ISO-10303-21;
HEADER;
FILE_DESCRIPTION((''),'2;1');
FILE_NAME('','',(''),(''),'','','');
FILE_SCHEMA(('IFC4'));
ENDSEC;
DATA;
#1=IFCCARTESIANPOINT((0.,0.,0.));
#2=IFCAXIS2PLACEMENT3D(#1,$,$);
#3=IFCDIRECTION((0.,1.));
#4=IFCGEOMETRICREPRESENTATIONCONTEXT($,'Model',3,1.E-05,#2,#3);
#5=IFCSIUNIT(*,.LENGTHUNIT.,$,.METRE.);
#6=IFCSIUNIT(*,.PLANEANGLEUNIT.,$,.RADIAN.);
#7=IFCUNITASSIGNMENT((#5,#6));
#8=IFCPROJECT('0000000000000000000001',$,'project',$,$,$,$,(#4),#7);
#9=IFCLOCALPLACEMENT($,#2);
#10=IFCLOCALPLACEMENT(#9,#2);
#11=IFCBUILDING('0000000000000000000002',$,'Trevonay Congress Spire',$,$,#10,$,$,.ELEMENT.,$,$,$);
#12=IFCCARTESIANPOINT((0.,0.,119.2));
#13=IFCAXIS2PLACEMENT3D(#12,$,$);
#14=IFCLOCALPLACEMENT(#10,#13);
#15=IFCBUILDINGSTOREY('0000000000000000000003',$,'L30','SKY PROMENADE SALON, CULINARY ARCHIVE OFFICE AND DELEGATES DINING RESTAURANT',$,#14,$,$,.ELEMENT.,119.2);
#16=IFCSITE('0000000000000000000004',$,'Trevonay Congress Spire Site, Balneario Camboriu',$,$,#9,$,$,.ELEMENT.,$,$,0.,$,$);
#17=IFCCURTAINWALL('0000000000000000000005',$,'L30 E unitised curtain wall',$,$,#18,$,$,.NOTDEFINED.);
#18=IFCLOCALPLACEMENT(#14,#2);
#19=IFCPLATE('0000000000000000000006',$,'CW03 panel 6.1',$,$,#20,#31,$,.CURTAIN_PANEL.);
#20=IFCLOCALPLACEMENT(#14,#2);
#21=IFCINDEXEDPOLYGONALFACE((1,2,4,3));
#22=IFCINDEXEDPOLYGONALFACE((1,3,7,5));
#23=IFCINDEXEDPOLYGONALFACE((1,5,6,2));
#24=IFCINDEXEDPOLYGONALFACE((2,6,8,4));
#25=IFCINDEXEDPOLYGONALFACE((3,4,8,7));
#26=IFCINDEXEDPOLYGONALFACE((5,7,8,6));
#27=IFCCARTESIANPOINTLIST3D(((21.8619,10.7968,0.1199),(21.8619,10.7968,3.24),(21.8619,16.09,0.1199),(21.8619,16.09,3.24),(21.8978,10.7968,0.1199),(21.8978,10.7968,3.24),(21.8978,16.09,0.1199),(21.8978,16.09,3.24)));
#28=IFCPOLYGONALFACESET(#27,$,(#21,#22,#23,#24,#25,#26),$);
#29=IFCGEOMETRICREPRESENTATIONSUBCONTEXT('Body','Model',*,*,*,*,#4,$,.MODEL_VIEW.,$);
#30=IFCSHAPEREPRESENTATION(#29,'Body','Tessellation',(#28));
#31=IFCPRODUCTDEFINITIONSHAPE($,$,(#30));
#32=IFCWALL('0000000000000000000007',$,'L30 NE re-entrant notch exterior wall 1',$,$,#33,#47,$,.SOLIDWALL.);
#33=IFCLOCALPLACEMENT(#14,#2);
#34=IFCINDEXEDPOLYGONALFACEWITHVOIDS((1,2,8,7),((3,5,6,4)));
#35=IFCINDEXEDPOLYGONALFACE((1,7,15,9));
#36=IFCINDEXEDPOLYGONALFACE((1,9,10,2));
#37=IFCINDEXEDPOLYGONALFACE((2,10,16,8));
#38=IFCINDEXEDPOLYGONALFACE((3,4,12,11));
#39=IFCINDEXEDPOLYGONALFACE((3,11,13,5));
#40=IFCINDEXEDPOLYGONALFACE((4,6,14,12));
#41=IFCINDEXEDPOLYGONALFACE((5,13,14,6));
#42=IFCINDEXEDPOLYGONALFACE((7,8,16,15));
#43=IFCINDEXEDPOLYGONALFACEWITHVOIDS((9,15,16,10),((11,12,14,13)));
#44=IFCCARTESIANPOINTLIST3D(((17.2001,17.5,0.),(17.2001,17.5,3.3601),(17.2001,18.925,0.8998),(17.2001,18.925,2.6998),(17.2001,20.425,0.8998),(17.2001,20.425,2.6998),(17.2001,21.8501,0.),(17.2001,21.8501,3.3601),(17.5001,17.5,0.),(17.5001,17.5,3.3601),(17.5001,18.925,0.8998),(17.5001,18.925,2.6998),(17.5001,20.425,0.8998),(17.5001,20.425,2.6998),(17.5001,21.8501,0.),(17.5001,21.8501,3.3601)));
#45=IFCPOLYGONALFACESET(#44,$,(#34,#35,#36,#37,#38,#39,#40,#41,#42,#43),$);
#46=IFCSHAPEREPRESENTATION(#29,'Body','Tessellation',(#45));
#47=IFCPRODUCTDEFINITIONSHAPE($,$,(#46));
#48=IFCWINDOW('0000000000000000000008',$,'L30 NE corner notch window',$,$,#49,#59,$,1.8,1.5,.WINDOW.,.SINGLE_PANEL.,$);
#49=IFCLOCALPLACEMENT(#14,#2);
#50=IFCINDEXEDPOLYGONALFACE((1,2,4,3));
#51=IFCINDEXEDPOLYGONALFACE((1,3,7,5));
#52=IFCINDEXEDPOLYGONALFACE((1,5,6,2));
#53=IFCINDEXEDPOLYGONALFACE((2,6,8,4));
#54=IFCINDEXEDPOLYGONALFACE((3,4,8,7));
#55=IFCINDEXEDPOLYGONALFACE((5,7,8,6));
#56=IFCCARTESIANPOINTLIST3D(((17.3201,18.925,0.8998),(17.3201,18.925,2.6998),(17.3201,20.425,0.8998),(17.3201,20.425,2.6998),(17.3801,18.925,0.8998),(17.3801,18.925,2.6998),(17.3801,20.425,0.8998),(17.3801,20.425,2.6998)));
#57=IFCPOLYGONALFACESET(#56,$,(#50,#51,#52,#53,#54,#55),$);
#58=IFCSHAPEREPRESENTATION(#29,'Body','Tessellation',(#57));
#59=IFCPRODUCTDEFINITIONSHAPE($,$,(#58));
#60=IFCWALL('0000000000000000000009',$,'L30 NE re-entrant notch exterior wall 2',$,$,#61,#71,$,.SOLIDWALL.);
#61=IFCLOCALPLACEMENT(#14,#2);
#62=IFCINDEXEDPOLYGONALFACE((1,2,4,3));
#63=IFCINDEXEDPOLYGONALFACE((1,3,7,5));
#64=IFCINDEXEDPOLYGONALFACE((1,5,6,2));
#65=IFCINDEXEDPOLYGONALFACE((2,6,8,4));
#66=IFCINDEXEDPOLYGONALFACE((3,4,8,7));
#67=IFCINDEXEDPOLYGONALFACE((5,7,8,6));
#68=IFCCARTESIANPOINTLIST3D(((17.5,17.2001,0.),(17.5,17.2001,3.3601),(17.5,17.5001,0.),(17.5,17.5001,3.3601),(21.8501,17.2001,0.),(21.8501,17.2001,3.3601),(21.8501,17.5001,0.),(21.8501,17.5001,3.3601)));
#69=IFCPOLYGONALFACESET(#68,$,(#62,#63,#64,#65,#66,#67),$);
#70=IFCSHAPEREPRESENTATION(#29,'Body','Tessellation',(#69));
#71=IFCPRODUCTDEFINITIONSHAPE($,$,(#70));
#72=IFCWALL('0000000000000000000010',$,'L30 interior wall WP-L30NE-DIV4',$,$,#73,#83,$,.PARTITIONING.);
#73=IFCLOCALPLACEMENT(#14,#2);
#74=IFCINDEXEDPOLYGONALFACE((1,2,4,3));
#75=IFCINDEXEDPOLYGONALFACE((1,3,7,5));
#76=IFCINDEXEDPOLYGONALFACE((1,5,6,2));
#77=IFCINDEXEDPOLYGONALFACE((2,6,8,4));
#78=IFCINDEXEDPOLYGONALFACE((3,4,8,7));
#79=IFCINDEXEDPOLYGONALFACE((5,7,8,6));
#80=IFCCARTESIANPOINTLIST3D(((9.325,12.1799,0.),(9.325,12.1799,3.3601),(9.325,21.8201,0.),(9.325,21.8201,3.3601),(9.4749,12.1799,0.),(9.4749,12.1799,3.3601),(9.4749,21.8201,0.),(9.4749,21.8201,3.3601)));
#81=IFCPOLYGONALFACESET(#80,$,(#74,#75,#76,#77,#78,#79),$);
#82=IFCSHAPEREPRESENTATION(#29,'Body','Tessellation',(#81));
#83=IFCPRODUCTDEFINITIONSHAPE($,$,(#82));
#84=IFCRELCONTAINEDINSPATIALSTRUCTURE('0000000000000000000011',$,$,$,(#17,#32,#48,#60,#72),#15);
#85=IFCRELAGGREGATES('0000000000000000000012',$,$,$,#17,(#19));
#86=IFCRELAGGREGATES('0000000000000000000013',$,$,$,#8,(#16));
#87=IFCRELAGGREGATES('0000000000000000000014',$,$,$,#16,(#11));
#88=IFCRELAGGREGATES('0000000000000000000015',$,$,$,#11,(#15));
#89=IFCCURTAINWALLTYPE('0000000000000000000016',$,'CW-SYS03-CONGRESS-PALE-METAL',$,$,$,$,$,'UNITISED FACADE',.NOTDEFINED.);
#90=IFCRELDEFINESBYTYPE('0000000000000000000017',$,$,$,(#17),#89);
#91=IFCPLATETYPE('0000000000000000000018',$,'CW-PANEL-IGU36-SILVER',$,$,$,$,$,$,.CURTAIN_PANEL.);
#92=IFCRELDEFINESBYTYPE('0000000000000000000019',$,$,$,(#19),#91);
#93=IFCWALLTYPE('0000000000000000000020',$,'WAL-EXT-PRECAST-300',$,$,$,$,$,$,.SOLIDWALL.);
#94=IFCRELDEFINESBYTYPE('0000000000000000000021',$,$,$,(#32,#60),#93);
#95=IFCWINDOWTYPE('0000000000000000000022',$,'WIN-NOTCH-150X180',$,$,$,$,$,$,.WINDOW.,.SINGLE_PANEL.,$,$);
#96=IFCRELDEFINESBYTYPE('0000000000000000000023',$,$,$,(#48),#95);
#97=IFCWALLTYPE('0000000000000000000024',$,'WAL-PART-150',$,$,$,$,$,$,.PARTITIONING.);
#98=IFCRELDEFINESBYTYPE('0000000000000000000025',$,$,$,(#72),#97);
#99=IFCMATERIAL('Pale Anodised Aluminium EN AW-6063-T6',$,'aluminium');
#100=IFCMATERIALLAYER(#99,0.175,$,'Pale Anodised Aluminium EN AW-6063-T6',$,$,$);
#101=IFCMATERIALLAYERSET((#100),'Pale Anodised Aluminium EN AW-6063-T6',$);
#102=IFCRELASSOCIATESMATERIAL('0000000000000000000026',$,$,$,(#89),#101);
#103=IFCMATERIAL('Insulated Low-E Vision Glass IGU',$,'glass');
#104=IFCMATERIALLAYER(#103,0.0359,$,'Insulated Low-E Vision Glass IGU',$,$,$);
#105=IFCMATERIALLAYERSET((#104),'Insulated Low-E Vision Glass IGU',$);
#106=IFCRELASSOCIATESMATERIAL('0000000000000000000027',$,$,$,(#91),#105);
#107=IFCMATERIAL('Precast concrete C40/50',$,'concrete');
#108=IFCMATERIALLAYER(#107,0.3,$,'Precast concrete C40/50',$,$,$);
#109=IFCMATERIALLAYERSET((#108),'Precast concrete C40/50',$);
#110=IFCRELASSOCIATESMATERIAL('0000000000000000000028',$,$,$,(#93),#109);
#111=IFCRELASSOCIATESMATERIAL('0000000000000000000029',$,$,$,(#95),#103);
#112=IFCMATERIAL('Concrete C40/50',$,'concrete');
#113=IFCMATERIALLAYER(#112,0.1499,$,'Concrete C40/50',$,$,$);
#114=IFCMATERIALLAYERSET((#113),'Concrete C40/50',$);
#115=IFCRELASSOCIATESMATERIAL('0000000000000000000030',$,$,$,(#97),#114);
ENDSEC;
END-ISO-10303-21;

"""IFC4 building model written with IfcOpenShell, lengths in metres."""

from ifc_helpers import new_model, si_unit, direction, frame, frame_2d, origin, origin_2d, place, context, subcontext, project, spatial, rectangle, extrude, material, layer, layer_set, type_object, element, fill, aggregate, save


model = new_model("IFC4")

# Units and contexts
model_context = context("Model", 3, precision=1e-05, world=origin(), true_north=direction((0.0, 1.0)))
body_context = subcontext(model_context, "Body", "Model", "MODEL_VIEW")
ifc_project = project(units=[si_unit("LENGTHUNIT", "METRE"), si_unit("PLANEANGLEUNIT", "RADIAN")], contexts=[model_context])

# Site, building, storey
site_placement = place(None, origin())
site = spatial("IfcSite", under=ifc_project, at=site_placement, Name="Trevonay Congress Spire Site, Balneario Camboriu", CompositionType="ELEMENT", RefElevation=0.0)
building_placement = place(site_placement, origin())
building = spatial("IfcBuilding", under=site, at=building_placement, Name="Trevonay Congress Spire", CompositionType="ELEMENT")
storey_placement = place(building_placement, frame((0.0, 0.0, 119.2)))
storey = spatial("IfcBuildingStorey", under=building, at=storey_placement, Name="L30", Description="SKY PROMENADE SALON, CULINARY ARCHIVE OFFICE AND DELEGATES DINING RESTAURANT", CompositionType="ELEMENT", Elevation=119.2)

# Curtain wall
ifc_material_1 = material(Name="Pale Anodised Aluminium EN AW-6063-T6", Category="aluminium")
ifc_layer_1 = layer(ifc_material_1, 0.175, Name="Pale Anodised Aluminium EN AW-6063-T6")
ifc_layer_set_1 = layer_set([ifc_layer_1], Name="Pale Anodised Aluminium EN AW-6063-T6")
curtain_wall_type = type_object("IfcCurtainWallType", Name="CW-SYS03-CONGRESS-PALE-METAL", ElementType="UNITISED FACADE", PredefinedType="NOTDEFINED", material=ifc_layer_set_1)
curtain_wall_1_placement = place(storey_placement, origin())
curtain_wall_1 = element("IfcCurtainWall", 1, at=curtain_wall_1_placement, inside=storey, type_object=curtain_wall_type, Name="L30 E unitised curtain wall", PredefinedType="NOTDEFINED")

# Plate
ifc_material_2 = material(Name="Insulated Low-E Vision Glass IGU", Category="glass")
ifc_layer_2 = layer(ifc_material_2, 0.0359, Name="Insulated Low-E Vision Glass IGU")
ifc_layer_set_2 = layer_set([ifc_layer_2], Name="Insulated Low-E Vision Glass IGU")
plate_type = type_object("IfcPlateType", Name="CW-PANEL-IGU36-SILVER", PredefinedType="CURTAIN_PANEL", material=ifc_layer_set_2)
plate_1_placement = place(storey_placement, frame((21.8799, 13.4434, 0.1199), z_axis=(0.0, 0.0, 1.0), x_axis=(0.0, 1.0, 0.0)))
plate_1 = element("IfcPlate", 2, at=plate_1_placement, type_object=plate_type, Name="CW03 panel 6.1", PredefinedType="CURTAIN_PANEL", context=body_context, shape_type="SweptSolid", body=[
    extrude(rectangle(XDim=5.2932, YDim=0.0359, at=origin_2d()), origin(), (0.0, 0.0, 1.0), 3.1201),
])
aggregate(curtain_wall_1, [plate_1])

# Wall, opening, window
ifc_material_3 = material(Name="Precast concrete C40/50", Category="concrete")
ifc_layer_3 = layer(ifc_material_3, 0.3, Name="Precast concrete C40/50")
ifc_layer_set_3 = layer_set([ifc_layer_3], Name="Precast concrete C40/50")
wall_type_1 = type_object("IfcWallType", Name="WAL-EXT-PRECAST-300", PredefinedType="SOLIDWALL", material=ifc_layer_set_3)
wall_1_placement = place(storey_placement, frame((17.3501, 21.8501, 0.0), z_axis=(0.0, 0.0, 1.0), x_axis=(0.0, -1.0, 0.0)))
wall_1 = element("IfcWall", 3, at=wall_1_placement, inside=storey, type_object=wall_type_1, Name="L30 NE re-entrant notch exterior wall 1", PredefinedType="SOLIDWALL", context=body_context, shape_type="SweptSolid", body=[
    extrude(rectangle(XDim=4.3501, YDim=0.3, at=frame_2d((2.175, 0.0))), origin(), (0.0, 0.0, 1.0), 3.3601),
])
opening_placement = place(wall_1_placement, frame((1.425, 0.0, 0.8999)))
opening = element("IfcOpeningElement", 4, at=opening_placement, cuts=wall_1, PredefinedType="OPENING", context=body_context, shape_type="SweptSolid", body=[
    extrude(rectangle(XDim=1.5, YDim=1.8, at=frame_2d((0.75, 0.8999))), frame((0.0, 0.1602, 0.0), z_axis=(0.0, -1.0, 0.0), x_axis=(1.0, 0.0, 0.0)), (0.0, 0.0, 1.0), 0.3201),
])
window_type = type_object("IfcWindowType", Name="WIN-NOTCH-150X180", PartitioningType="SINGLE_PANEL", PredefinedType="WINDOW", material=ifc_material_2)
window_placement = place(opening_placement, origin())
window = element("IfcWindow", 5, at=window_placement, inside=storey, type_object=window_type, Name="L30 NE corner notch window", OverallHeight=1.8, OverallWidth=1.5, PartitioningType="SINGLE_PANEL", PredefinedType="WINDOW", context=body_context, shape_type="SweptSolid", body=[
    extrude(rectangle(XDim=1.5, YDim=1.8, at=frame_2d((0.75, 0.8999))), frame((0.0, 0.03, 0.0), z_axis=(0.0, -1.0, 0.0), x_axis=(1.0, 0.0, 0.0)), (0.0, 0.0, 1.0), 0.0601),
])
fill(opening, window)

# Walls
wall_2_placement = place(storey_placement, frame((21.8501, 17.3501, 0.0), z_axis=(0.0, 0.0, 1.0), x_axis=(-1.0, 0.0, 0.0)))
element("IfcWall", 6, at=wall_2_placement, inside=storey, type_object=wall_type_1, Name="L30 NE re-entrant notch exterior wall 2", PredefinedType="SOLIDWALL", context=body_context, shape_type="SweptSolid", body=[
    extrude(rectangle(XDim=4.3501, YDim=0.3, at=frame_2d((2.175, 0.0))), origin(), (0.0, 0.0, 1.0), 3.3601),
])
ifc_material_4 = material(Name="Concrete C40/50", Category="concrete")
ifc_layer_4 = layer(ifc_material_4, 0.1499, Name="Concrete C40/50")
ifc_layer_set_4 = layer_set([ifc_layer_4], Name="Concrete C40/50")
wall_type_2 = type_object("IfcWallType", Name="WAL-PART-150", PredefinedType="PARTITIONING", material=ifc_layer_set_4)
wall_3_placement = place(storey_placement, frame((9.3999, 12.1799, 0.0), z_axis=(0.0, 0.0, 1.0), x_axis=(0.0, 1.0, 0.0)))
element("IfcWall", 7, at=wall_3_placement, inside=storey, type_object=wall_type_2, Name="L30 interior wall WP-L30NE-DIV4", PredefinedType="PARTITIONING", context=body_context, shape_type="SweptSolid", body=[
    extrude(rectangle(XDim=9.6401, YDim=0.1499, at=frame_2d((4.8201, 0.0))), origin(), (0.0, 0.0, 1.0), 3.3601),
])

save(model, "model.ifc")
